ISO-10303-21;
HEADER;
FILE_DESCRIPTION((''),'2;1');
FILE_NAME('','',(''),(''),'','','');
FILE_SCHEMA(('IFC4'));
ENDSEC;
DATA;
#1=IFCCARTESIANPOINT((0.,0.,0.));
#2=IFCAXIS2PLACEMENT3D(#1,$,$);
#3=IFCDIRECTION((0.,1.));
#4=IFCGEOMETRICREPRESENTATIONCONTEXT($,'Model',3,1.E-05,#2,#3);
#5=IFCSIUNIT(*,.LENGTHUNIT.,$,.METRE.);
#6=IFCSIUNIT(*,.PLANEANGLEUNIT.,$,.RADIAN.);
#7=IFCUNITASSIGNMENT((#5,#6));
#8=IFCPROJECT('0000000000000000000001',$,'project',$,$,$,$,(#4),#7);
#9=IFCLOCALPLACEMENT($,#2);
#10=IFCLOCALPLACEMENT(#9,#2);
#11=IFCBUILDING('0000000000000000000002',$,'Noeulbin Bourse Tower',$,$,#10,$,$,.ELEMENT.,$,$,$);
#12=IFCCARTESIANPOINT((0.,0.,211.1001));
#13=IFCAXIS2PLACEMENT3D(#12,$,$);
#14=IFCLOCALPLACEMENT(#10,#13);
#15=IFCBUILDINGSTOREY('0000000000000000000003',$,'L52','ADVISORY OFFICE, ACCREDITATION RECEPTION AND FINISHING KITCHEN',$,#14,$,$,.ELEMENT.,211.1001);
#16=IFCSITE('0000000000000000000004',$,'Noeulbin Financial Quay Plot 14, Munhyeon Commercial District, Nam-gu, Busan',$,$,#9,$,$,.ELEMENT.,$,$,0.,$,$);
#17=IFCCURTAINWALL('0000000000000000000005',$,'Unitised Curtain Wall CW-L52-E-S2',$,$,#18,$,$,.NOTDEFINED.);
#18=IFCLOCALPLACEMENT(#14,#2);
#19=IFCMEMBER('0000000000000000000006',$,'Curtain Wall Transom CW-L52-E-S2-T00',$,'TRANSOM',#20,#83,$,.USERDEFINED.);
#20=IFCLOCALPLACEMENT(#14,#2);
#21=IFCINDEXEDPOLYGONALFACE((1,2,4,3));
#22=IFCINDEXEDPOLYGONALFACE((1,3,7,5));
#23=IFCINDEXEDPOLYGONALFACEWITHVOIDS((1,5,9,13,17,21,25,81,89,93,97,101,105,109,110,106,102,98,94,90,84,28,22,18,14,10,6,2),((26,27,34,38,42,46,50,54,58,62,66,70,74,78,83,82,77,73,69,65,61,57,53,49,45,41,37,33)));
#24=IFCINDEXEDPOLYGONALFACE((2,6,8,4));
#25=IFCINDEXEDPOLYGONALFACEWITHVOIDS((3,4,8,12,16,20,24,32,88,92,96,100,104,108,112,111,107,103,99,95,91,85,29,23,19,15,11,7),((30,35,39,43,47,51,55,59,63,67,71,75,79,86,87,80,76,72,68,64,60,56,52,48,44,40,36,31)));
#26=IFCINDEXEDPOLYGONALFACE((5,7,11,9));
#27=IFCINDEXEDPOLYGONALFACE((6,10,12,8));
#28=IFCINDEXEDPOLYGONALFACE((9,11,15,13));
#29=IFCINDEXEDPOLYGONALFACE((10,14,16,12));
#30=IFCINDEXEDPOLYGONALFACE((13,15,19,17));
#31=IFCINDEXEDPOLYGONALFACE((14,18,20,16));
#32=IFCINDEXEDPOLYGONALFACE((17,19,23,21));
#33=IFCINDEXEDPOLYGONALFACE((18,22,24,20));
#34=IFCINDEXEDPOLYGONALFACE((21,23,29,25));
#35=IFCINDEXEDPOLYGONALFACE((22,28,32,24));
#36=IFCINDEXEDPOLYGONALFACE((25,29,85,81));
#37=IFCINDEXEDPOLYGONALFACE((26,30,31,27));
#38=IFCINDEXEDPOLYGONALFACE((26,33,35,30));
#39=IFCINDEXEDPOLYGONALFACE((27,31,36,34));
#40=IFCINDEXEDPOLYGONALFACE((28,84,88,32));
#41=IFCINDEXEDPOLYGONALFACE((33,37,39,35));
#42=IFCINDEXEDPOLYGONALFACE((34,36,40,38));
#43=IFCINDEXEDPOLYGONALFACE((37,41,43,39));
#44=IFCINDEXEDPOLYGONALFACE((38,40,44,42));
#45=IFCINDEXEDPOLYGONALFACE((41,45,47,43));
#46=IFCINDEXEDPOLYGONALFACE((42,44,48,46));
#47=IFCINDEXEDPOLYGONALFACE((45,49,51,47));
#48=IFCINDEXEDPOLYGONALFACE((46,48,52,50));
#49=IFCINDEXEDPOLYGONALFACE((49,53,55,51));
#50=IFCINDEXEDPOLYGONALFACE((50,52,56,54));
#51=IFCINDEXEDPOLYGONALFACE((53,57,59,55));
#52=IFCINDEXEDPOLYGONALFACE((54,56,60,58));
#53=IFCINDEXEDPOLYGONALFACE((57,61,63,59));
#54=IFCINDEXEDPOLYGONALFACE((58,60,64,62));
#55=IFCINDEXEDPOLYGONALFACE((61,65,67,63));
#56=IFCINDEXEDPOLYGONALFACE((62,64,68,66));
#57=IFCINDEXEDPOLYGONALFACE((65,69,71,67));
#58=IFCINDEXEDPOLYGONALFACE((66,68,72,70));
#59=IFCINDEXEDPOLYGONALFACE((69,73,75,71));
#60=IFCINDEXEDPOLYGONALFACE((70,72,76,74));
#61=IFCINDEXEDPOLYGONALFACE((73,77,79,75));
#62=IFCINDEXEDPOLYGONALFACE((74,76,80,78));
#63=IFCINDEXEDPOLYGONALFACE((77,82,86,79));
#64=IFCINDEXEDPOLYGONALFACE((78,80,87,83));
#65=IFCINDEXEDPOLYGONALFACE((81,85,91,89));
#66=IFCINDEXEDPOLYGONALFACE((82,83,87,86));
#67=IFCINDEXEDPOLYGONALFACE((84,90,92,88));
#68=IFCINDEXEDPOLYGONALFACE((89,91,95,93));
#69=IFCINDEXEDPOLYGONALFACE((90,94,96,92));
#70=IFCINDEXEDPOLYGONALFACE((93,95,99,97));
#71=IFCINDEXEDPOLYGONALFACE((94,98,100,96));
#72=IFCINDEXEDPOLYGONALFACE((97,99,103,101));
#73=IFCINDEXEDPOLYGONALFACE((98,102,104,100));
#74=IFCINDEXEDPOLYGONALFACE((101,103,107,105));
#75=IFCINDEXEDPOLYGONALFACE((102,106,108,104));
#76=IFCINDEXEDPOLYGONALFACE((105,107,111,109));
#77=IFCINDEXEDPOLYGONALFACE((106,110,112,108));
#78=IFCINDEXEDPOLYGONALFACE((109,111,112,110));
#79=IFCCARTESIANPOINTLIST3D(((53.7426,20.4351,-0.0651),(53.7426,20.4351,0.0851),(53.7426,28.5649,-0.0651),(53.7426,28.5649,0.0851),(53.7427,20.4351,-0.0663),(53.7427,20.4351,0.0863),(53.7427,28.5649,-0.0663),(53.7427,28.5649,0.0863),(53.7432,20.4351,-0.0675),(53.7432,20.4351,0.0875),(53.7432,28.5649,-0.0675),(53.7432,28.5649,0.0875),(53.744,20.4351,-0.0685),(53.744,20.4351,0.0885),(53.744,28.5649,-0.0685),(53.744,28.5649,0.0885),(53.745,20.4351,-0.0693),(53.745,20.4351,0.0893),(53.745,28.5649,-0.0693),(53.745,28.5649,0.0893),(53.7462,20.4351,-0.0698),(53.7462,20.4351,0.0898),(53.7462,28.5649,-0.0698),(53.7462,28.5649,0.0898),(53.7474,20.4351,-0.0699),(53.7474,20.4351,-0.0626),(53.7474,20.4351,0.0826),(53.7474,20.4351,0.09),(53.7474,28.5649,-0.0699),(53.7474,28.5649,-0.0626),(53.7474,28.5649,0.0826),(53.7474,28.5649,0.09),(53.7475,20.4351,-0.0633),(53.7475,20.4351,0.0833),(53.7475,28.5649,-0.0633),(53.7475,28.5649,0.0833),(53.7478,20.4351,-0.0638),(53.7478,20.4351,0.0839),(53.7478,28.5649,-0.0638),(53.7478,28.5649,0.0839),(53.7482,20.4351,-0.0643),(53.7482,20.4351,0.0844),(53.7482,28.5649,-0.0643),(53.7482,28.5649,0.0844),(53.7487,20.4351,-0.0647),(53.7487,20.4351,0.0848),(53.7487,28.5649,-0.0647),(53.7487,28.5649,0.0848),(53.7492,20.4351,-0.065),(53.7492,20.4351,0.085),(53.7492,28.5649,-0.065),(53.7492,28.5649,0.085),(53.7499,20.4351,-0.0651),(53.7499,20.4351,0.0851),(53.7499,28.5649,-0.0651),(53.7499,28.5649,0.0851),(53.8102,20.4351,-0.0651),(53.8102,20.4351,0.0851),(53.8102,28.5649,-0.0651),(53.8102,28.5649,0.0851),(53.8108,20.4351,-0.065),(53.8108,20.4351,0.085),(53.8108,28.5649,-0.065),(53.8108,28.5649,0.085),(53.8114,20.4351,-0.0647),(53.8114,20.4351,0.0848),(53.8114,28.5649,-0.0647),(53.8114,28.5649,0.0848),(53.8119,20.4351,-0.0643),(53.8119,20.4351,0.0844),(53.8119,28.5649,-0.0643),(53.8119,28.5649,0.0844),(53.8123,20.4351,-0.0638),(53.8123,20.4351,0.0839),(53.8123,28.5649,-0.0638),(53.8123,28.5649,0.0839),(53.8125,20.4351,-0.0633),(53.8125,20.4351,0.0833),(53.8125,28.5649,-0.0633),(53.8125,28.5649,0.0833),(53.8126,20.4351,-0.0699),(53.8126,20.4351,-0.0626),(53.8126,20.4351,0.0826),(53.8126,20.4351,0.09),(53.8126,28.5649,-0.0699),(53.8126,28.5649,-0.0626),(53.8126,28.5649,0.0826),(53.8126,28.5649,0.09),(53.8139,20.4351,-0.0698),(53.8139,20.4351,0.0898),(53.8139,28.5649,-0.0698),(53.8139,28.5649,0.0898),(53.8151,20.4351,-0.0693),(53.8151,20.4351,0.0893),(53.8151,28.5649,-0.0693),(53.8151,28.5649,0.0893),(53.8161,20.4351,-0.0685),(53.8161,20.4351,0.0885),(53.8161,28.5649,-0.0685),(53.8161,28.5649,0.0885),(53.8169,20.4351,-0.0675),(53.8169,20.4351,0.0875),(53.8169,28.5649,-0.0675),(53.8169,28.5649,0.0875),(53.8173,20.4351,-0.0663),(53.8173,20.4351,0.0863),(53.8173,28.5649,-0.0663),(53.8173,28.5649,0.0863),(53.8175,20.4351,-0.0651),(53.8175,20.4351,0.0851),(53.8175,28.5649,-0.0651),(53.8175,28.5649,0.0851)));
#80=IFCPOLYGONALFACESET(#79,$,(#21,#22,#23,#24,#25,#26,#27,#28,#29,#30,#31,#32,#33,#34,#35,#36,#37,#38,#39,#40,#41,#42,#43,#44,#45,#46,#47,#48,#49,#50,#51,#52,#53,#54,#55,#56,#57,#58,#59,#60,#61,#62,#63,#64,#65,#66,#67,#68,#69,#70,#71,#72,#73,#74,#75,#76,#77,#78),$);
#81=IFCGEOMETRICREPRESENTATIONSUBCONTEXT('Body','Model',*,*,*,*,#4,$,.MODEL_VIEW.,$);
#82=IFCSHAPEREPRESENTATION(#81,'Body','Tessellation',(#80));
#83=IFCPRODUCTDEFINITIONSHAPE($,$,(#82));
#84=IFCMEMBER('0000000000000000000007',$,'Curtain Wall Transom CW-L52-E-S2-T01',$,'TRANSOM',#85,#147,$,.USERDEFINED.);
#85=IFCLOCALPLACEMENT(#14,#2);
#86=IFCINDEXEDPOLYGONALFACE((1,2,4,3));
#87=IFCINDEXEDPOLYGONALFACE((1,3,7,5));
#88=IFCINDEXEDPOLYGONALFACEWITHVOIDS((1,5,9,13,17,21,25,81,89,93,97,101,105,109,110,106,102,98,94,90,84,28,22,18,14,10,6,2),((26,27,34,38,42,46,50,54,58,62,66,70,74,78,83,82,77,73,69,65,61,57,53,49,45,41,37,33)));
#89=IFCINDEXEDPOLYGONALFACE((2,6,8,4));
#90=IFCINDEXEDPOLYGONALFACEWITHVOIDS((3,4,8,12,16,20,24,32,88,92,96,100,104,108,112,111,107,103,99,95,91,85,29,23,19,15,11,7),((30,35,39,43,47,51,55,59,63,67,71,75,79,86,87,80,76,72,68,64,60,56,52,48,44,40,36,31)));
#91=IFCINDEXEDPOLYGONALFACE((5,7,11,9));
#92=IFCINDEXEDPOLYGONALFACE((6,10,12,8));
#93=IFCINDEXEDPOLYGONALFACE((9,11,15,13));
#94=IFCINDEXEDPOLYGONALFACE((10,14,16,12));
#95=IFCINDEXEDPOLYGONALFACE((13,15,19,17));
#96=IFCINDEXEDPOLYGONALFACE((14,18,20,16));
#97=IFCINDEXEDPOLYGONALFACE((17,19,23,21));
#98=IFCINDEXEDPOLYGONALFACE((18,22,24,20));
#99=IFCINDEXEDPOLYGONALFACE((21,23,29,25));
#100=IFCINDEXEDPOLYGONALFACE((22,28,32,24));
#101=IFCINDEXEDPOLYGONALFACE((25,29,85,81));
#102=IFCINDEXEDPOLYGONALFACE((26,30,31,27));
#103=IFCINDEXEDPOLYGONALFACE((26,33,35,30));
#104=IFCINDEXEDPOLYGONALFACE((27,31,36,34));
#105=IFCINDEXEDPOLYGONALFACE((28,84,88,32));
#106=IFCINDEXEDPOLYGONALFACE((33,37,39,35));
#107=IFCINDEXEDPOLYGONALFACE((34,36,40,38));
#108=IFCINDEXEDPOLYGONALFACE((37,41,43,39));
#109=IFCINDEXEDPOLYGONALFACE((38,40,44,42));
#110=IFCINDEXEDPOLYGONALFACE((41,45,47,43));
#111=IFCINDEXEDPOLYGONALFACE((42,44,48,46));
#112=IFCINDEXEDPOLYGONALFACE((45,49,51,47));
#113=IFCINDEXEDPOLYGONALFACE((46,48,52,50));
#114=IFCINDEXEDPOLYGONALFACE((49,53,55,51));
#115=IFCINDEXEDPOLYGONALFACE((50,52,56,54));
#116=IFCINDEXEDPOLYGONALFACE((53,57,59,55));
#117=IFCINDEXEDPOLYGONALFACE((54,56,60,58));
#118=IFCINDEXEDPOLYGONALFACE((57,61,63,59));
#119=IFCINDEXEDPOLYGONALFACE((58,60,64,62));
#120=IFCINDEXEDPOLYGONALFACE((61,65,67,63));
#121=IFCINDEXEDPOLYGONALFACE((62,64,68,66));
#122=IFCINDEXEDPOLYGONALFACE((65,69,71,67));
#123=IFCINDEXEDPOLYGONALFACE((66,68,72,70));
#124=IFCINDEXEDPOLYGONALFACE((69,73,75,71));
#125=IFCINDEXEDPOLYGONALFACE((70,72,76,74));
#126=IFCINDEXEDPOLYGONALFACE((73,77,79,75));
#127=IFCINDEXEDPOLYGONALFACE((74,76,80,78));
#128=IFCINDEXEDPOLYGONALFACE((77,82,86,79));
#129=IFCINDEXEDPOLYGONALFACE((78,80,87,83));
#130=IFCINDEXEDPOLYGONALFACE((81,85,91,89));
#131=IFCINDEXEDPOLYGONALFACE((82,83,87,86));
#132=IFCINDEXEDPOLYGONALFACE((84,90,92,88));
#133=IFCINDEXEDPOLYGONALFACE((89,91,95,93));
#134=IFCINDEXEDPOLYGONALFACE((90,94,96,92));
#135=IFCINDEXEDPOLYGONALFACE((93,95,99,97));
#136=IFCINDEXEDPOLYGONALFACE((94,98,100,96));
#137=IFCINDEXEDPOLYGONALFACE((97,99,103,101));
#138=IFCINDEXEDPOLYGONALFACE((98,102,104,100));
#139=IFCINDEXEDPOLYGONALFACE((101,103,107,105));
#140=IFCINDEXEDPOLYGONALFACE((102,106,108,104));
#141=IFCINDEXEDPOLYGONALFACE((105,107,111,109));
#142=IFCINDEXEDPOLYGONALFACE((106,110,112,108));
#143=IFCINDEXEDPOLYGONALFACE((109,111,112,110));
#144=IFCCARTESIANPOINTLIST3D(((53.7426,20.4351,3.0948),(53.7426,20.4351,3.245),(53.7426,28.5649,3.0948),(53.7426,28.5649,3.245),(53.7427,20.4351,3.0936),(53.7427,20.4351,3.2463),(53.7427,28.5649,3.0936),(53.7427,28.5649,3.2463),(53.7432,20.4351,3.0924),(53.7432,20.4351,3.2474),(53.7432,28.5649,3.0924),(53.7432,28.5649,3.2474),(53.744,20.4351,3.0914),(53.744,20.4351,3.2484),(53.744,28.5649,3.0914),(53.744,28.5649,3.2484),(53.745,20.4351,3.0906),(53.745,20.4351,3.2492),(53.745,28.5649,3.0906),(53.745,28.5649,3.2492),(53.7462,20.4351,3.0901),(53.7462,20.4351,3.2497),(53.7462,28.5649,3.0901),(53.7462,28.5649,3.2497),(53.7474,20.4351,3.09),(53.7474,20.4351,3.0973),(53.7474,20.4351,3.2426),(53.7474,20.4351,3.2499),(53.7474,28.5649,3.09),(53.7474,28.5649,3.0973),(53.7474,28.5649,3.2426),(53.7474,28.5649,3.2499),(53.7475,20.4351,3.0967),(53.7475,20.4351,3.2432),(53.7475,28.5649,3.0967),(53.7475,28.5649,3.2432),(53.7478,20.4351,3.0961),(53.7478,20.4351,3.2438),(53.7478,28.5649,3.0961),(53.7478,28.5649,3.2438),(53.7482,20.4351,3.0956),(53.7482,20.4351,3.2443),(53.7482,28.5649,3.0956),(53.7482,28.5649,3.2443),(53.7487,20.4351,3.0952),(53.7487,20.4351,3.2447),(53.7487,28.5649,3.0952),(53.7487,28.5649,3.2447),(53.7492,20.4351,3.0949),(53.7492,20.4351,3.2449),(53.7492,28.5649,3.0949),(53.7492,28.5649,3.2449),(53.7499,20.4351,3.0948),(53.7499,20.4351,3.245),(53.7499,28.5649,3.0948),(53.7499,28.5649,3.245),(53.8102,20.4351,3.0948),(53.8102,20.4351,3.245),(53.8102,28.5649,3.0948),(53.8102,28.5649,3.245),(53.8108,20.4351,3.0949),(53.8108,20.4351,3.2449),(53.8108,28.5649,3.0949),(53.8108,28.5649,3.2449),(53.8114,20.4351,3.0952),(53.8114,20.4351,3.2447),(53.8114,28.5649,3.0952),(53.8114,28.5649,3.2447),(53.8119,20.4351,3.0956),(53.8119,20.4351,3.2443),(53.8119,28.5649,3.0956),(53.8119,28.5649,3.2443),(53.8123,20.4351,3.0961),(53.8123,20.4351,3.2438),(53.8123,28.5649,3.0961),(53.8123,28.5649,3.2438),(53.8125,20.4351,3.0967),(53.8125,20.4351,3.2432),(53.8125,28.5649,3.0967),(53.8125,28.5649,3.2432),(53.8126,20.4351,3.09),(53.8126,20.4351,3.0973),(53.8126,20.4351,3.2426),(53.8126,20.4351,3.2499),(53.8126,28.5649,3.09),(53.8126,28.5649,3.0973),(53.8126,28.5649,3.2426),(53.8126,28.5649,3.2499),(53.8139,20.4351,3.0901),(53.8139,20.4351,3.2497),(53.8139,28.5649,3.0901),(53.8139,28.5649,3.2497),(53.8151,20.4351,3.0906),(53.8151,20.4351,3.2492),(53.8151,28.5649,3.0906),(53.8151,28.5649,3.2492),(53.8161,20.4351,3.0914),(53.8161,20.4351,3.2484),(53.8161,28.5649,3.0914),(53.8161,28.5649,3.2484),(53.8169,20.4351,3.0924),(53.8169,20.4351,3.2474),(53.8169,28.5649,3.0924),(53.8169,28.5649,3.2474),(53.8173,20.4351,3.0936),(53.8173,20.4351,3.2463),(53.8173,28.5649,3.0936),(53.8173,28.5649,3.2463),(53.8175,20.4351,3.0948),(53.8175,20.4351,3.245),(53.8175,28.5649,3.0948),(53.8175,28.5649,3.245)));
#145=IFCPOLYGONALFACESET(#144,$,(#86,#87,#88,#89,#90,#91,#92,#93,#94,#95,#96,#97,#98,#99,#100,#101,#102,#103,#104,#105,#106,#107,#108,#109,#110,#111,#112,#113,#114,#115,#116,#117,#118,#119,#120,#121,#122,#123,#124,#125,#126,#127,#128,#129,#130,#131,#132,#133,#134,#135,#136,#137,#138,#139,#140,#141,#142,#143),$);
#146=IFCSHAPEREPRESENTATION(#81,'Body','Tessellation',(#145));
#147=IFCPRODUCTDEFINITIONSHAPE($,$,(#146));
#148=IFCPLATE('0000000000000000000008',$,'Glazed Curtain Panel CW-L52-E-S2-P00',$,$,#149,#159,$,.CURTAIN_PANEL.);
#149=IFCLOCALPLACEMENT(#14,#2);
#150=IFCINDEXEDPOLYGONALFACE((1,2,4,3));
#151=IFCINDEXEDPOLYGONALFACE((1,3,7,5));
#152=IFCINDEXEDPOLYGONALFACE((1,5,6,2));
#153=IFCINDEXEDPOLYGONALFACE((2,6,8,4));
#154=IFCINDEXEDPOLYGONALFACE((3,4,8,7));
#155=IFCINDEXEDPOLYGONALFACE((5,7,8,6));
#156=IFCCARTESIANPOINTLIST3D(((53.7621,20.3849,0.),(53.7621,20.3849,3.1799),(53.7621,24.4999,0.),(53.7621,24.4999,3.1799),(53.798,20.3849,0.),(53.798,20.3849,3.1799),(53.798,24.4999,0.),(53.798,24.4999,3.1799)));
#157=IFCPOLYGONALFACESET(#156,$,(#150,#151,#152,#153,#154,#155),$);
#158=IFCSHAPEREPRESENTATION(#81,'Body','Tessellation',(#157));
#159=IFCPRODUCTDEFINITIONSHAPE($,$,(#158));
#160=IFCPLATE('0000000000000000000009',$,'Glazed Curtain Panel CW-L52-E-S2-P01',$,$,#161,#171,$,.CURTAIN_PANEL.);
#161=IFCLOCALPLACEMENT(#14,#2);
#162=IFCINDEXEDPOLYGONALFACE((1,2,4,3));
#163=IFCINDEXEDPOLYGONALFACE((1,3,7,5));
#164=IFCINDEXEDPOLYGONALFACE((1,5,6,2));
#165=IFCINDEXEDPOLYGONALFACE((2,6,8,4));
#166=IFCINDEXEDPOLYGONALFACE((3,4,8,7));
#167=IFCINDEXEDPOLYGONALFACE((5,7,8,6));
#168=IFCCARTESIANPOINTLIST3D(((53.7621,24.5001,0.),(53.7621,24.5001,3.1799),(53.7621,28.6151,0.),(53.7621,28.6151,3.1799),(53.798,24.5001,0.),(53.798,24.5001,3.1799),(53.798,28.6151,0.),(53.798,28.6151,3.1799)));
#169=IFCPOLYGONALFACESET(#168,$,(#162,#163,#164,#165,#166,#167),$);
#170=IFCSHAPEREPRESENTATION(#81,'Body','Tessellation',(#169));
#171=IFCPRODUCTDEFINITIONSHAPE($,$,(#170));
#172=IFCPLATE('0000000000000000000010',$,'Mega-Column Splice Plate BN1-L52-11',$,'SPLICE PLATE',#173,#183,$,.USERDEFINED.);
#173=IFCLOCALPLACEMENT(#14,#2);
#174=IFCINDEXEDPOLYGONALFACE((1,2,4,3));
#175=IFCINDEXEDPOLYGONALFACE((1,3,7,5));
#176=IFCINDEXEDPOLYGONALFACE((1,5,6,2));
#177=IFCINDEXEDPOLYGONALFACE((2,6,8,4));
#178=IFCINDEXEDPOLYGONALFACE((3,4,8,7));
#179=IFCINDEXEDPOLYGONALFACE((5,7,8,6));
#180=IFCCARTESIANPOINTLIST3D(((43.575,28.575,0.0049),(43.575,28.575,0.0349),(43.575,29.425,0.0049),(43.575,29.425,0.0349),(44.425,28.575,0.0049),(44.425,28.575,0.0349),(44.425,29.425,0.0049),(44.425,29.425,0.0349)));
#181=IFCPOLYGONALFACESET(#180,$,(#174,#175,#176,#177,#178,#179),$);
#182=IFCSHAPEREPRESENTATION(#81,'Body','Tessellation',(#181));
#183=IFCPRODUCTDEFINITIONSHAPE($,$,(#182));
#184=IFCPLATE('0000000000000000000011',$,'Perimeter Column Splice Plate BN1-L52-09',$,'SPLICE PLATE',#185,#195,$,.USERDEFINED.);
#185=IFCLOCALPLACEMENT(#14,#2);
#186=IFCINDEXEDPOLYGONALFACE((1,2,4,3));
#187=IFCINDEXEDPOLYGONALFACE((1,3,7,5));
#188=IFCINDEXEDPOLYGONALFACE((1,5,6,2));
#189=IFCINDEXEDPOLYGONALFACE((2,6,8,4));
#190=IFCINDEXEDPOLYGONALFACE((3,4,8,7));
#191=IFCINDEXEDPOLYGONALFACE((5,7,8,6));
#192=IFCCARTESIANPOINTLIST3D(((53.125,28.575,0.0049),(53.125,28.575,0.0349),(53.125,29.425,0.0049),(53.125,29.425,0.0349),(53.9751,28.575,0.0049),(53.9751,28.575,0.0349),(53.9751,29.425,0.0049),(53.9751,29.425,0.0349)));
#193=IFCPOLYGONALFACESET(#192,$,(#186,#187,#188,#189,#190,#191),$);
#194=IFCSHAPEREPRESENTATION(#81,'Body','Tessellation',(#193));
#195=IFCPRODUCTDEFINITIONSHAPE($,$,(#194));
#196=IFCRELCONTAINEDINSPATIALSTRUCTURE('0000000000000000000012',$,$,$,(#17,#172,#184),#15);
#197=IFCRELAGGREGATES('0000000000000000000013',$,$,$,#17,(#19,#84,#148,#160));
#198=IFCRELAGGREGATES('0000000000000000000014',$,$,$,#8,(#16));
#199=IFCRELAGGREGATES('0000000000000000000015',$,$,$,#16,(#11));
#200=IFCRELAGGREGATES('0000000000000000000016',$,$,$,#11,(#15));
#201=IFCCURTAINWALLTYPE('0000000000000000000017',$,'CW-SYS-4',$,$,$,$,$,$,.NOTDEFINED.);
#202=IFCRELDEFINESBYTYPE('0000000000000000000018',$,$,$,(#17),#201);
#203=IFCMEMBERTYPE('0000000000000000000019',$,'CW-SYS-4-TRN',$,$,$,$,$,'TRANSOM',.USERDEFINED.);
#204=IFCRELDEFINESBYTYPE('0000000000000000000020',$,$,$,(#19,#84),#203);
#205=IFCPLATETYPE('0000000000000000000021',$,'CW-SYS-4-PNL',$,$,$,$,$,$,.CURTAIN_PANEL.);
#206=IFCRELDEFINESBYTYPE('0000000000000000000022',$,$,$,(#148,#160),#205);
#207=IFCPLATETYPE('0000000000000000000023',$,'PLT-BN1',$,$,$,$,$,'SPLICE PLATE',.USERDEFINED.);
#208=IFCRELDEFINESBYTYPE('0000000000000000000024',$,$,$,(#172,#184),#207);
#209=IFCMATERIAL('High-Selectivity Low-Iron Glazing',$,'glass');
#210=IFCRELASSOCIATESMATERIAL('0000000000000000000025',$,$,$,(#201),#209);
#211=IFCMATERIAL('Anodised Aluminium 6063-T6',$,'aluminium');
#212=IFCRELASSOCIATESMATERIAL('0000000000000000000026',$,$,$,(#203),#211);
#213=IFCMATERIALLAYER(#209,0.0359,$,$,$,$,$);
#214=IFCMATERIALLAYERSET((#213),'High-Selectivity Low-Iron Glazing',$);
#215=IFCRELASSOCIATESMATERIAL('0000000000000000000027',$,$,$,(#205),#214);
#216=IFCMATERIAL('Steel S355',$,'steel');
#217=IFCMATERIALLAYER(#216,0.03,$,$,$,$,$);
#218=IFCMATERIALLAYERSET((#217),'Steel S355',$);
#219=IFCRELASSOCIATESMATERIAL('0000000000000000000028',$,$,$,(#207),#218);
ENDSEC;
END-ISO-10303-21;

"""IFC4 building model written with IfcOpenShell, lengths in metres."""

from ifc_helpers import new_model, si_unit, direction, frame, origin, origin_2d, place, context, subcontext, project, spatial, rectangle, hollow_rectangle, extrude, material, layer, layer_set, material_profile, profile_set, type_object, element, aggregate, save


model = new_model("IFC4")

# Units and contexts
model_context = context("Model", 3, precision=1e-05, world=origin(), true_north=direction((0.0, 1.0)))
body_context = subcontext(model_context, "Body", "Model", "MODEL_VIEW")
ifc_project = project(units=[si_unit("LENGTHUNIT", "METRE"), si_unit("PLANEANGLEUNIT", "RADIAN")], contexts=[model_context])

# Site, building, storey
site_placement = place(None, origin())
site = spatial("IfcSite", under=ifc_project, at=site_placement, Name="Noeulbin Financial Quay Plot 14, Munhyeon Commercial District, Nam-gu, Busan", CompositionType="ELEMENT", RefElevation=0.0)
building_placement = place(site_placement, origin())
building = spatial("IfcBuilding", under=site, at=building_placement, Name="Noeulbin Bourse Tower", CompositionType="ELEMENT")
storey_placement = place(building_placement, frame((0.0, 0.0, 211.1001)))
storey = spatial("IfcBuildingStorey", under=building, at=storey_placement, Name="L52", Description="ADVISORY OFFICE, ACCREDITATION RECEPTION AND FINISHING KITCHEN", CompositionType="ELEMENT", Elevation=211.1001)

# Shared definitions
ifc_material_1 = material(Name="Steel S355", Category="steel")

# Curtain wall
ifc_material_2 = material(Name="High-Selectivity Low-Iron Glazing", Category="glass")
curtain_wall_type = type_object("IfcCurtainWallType", Name="CW-SYS-4", PredefinedType="NOTDEFINED", material=ifc_material_2)
curtain_wall_1_placement = place(storey_placement, origin())
curtain_wall_1 = element("IfcCurtainWall", 1, at=curtain_wall_1_placement, inside=storey, type_object=curtain_wall_type, Name="Unitised Curtain Wall CW-L52-E-S2", PredefinedType="NOTDEFINED")
ifc_material_3 = material(Name="Anodised Aluminium 6063-T6", Category="aluminium")

# Members
ifc_material_profile_1 = material_profile(ifc_material_3, hollow_rectangle(XDim=0.075, YDim=0.1599, WallThickness=0.0049, InnerFilletRadius=0.0024, OuterFilletRadius=0.0049, at=origin_2d()), Name="ALU-TRAN-75x160x5", Category="LoadBearing")
ifc_profile_set_1 = profile_set([ifc_material_profile_1], Name="Anodised Aluminium 6063-T6")
member_type_1 = type_object("IfcMemberType", Name="CW-SYS-4-TRN", ElementType="TRANSOM", PredefinedType="USERDEFINED", material=ifc_profile_set_1)
member_1_placement = place(storey_placement, frame((53.78, 20.4351, 0.01), z_axis=(0.0, 1.0, 0.0), x_axis=(-1.0, 0.0, 0.0)))
member_1 = element("IfcMember", 2, at=member_1_placement, type_object=member_type_1, Name="Curtain Wall Transom CW-L52-E-S2-T00", ObjectType="TRANSOM", PredefinedType="USERDEFINED", context=body_context, shape_type="SweptSolid", body=[
    extrude(hollow_rectangle(XDim=0.075, YDim=0.1599, WallThickness=0.0049, InnerFilletRadius=0.0024, OuterFilletRadius=0.0049, at=origin_2d()), origin(), (0.0, 0.0, 1.0), 8.1299),
])
member_2_placement = place(storey_placement, frame((53.78, 20.4351, 3.1699), z_axis=(0.0, 1.0, 0.0), x_axis=(-1.0, 0.0, 0.0)))
member_2 = element("IfcMember", 3, at=member_2_placement, type_object=member_type_1, Name="Curtain Wall Transom CW-L52-E-S2-T01", ObjectType="TRANSOM", PredefinedType="USERDEFINED", context=body_context, shape_type="SweptSolid", body=[
    extrude(hollow_rectangle(XDim=0.075, YDim=0.1599, WallThickness=0.0049, InnerFilletRadius=0.0024, OuterFilletRadius=0.0049, at=origin_2d()), origin(), (0.0, 0.0, 1.0), 8.1299),
])

# Plates
ifc_layer_1 = layer(ifc_material_2, 0.0359)
ifc_layer_set_1 = layer_set([ifc_layer_1], Name="High-Selectivity Low-Iron Glazing")
plate_type_1 = type_object("IfcPlateType", Name="CW-SYS-4-PNL", PredefinedType="CURTAIN_PANEL", material=ifc_layer_set_1)
plate_1_placement = place(storey_placement, frame((53.78, 22.4424, 0.0), z_axis=(0.0, 0.0, 1.0), x_axis=(0.0, 1.0, 0.0)))
plate_1 = element("IfcPlate", 4, at=plate_1_placement, type_object=plate_type_1, Name="Glazed Curtain Panel CW-L52-E-S2-P00", PredefinedType="CURTAIN_PANEL", context=body_context, shape_type="SweptSolid", body=[
    extrude(rectangle(XDim=4.115, YDim=0.0359, at=origin_2d()), origin(), (0.0, 0.0, 1.0), 3.1799),
])
plate_2_placement = place(storey_placement, frame((53.78, 26.5576, 0.0), z_axis=(0.0, 0.0, 1.0), x_axis=(0.0, 1.0, 0.0)))
plate_2 = element("IfcPlate", 5, at=plate_2_placement, type_object=plate_type_1, Name="Glazed Curtain Panel CW-L52-E-S2-P01", PredefinedType="CURTAIN_PANEL", context=body_context, shape_type="SweptSolid", body=[
    extrude(rectangle(XDim=4.115, YDim=0.0359, at=origin_2d()), origin(), (0.0, 0.0, 1.0), 3.1799),
])
aggregate(curtain_wall_1, [member_1, member_2, plate_1, plate_2])

# Plates
ifc_layer_2 = layer(ifc_material_1, 0.03)
ifc_layer_set_2 = layer_set([ifc_layer_2], Name="Steel S355")
plate_type_2 = type_object("IfcPlateType", Name="PLT-BN1", ElementType="SPLICE PLATE", PredefinedType="USERDEFINED", material=ifc_layer_set_2)
for number, where, z_axis, x_axis, name in (
    (6, (44.0, 29.0, 0.0049), (0.0, 0.0, 1.0), (1.0, 0.0, 0.0), "Mega-Column Splice Plate BN1-L52-11"),
    (7, (53.55, 29.0, 0.0049), (0.0, 0.0, 1.0), (1.0, 0.0, 0.0), "Perimeter Column Splice Plate BN1-L52-09"),
):
    element("IfcPlate", number, at=place(storey_placement, frame(where, z_axis=z_axis, x_axis=x_axis)), inside=storey, type_object=plate_type_2, Name=name, ObjectType="SPLICE PLATE", PredefinedType="USERDEFINED", context=body_context, shape_type="SweptSolid", body=[
        extrude(rectangle(XDim=0.8501, YDim=0.8501, at=origin_2d()), origin(), (0.0, 0.0, 1.0), 0.03),
    ])

save(model, "model.ifc")
